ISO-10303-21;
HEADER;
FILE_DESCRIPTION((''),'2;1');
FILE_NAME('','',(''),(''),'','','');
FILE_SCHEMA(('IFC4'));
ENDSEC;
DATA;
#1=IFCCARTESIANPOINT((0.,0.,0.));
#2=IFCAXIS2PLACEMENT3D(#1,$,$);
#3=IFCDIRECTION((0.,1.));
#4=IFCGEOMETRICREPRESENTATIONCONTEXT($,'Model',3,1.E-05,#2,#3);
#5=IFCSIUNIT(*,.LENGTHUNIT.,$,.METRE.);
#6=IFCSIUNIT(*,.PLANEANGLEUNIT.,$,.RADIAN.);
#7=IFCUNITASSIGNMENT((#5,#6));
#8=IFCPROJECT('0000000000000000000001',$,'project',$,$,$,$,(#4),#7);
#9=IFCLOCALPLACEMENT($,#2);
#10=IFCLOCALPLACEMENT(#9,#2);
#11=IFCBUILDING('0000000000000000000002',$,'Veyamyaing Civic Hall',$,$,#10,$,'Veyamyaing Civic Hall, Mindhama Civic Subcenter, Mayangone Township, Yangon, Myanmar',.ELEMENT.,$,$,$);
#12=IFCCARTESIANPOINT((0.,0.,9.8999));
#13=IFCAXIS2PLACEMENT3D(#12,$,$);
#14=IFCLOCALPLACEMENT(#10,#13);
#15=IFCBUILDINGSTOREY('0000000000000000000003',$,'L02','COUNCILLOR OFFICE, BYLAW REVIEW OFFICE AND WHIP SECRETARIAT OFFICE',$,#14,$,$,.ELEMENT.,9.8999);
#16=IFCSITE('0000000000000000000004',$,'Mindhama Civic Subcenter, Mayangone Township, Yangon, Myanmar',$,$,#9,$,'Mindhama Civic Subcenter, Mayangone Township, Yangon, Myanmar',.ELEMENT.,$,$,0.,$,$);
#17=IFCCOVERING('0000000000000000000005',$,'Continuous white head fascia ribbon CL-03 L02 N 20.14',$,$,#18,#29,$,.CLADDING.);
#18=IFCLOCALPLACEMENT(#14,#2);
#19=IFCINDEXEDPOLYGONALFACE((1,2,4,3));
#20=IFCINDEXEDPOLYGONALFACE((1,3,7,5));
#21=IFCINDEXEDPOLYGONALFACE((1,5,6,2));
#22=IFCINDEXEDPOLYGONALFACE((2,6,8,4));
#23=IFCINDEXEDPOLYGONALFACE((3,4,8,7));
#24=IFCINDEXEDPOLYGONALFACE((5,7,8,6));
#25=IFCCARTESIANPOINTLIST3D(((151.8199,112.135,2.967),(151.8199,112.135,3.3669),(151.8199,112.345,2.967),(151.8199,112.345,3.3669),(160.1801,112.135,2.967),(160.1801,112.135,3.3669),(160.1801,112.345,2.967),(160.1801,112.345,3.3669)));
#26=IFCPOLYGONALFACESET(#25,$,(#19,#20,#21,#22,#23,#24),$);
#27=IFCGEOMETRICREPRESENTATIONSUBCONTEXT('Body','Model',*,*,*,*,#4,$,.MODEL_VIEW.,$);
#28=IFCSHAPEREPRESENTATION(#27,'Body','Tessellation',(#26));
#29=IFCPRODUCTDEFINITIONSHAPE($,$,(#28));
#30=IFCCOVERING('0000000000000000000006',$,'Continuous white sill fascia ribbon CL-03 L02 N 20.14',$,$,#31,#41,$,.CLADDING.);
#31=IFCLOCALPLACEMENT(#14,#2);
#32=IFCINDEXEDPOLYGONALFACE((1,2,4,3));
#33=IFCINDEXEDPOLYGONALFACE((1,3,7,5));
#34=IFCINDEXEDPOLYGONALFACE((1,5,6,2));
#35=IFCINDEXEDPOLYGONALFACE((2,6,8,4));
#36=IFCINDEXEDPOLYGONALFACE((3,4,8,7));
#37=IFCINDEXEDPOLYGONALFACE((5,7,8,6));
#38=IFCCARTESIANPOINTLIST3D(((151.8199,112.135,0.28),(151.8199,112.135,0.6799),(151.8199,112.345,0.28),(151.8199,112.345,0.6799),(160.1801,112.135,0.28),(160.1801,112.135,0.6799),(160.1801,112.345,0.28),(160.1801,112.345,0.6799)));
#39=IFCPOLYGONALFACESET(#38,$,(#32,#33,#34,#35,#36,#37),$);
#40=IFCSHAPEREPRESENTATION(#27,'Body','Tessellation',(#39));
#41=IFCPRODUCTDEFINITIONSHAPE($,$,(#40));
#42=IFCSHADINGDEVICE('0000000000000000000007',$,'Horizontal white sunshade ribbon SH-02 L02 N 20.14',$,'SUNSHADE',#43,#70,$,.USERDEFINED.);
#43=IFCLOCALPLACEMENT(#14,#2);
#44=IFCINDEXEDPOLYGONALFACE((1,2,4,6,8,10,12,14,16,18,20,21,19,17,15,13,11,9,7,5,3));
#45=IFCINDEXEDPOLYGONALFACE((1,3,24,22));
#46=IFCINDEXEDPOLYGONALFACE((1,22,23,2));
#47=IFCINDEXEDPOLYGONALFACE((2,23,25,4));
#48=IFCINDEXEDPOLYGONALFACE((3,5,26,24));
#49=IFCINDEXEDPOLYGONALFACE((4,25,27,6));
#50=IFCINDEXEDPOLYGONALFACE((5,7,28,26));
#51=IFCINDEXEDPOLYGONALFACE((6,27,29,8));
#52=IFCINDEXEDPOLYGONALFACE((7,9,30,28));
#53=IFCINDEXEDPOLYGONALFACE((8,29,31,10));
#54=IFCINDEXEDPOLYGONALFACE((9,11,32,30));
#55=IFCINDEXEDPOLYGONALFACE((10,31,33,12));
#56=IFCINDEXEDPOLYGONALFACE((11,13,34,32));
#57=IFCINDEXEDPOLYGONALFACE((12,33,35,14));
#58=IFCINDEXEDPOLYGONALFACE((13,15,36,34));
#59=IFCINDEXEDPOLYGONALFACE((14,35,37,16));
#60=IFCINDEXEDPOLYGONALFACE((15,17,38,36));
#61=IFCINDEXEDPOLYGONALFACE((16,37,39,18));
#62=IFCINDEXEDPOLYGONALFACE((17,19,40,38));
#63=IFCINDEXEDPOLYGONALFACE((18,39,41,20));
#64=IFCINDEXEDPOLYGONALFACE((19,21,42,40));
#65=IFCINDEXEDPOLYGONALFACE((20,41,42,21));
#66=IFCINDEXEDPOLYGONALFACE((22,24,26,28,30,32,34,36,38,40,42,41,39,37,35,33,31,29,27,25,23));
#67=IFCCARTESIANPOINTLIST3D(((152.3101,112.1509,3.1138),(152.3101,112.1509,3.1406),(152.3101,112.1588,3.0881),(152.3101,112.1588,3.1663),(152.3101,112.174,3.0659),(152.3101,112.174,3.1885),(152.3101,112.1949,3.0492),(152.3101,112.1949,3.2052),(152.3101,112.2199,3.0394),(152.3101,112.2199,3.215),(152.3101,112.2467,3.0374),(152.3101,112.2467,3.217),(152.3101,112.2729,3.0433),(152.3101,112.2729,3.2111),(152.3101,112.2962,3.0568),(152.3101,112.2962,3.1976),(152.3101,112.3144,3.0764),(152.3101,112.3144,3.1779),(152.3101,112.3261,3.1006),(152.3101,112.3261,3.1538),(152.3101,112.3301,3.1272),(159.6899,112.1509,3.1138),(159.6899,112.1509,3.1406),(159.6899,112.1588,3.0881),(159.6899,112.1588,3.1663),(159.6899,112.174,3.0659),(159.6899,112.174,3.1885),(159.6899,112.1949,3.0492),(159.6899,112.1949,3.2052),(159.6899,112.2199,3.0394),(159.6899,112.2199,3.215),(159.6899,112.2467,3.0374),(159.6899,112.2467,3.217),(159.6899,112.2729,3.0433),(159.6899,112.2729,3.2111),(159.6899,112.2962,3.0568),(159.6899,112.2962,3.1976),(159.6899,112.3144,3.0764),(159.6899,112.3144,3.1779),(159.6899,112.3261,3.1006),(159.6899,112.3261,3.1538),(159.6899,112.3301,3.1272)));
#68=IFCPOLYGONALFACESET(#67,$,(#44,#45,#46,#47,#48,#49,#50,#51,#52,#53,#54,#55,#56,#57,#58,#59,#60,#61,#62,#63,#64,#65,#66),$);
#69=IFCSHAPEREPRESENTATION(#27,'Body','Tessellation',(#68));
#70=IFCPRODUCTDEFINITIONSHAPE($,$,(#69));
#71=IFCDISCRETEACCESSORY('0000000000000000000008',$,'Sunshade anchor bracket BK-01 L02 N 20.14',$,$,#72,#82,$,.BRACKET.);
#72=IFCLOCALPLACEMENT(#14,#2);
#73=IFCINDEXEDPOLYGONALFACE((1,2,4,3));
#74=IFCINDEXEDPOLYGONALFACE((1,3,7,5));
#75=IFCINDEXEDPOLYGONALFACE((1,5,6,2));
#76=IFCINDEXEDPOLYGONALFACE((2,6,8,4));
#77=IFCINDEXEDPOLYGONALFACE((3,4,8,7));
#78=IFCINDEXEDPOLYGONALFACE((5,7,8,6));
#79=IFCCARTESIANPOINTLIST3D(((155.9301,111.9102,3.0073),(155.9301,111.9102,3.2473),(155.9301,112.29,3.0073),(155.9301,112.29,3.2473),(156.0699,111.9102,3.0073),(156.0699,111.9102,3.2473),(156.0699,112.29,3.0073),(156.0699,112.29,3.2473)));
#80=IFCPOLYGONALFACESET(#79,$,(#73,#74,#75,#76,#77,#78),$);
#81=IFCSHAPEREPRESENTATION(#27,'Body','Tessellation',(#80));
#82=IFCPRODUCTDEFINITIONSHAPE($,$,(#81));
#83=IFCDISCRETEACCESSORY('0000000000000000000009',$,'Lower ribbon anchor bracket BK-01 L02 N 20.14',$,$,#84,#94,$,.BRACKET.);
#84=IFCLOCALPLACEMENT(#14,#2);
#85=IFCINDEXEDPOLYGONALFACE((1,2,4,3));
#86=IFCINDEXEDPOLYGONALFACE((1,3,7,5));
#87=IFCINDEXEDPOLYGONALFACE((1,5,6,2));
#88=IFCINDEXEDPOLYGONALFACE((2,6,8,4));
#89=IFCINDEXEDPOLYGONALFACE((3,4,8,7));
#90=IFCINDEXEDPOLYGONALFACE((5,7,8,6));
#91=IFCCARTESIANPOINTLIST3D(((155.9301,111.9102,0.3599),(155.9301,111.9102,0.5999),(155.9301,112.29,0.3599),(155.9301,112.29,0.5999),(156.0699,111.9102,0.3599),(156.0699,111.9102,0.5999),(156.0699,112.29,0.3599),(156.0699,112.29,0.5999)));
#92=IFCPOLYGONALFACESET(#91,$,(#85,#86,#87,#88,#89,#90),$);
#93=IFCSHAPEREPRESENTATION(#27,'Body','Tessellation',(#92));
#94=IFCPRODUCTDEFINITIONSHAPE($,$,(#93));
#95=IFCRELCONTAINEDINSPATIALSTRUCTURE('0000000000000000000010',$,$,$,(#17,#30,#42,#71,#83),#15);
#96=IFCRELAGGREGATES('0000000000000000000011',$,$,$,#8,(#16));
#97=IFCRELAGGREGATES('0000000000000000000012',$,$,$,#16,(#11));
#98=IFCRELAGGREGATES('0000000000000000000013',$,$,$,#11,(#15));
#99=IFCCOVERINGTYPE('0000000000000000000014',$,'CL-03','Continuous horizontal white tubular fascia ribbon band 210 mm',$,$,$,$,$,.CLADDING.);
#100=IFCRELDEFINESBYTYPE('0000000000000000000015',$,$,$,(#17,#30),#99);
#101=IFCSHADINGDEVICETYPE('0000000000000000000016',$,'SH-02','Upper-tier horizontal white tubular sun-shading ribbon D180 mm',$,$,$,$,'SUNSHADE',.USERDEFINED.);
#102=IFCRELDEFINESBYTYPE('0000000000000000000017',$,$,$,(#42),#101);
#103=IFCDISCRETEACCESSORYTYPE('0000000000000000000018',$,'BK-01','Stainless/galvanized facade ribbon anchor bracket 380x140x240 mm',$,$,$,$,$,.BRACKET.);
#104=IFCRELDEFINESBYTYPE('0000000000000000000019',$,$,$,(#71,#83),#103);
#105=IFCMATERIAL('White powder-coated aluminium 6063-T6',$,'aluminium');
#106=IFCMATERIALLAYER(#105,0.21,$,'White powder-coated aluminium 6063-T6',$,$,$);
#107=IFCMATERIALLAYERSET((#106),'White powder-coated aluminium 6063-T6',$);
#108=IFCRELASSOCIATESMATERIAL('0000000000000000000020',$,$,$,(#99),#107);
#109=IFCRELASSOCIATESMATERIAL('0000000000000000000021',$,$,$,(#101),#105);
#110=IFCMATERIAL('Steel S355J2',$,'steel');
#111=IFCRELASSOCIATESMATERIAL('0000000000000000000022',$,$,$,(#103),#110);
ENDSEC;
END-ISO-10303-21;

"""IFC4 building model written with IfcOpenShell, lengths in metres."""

from ifc_helpers import new_model, si_unit, direction, frame, origin, origin_2d, place, context, subcontext, project, spatial, rectangle, circle, extrude, material, layer, layer_set, material_profile, profile_set, type_object, element, save


model = new_model("IFC4")

# Units and contexts
model_context = context("Model", 3, precision=1e-05, world=origin(), true_north=direction((0.0, 1.0)))
body_context = subcontext(model_context, "Body", "Model", "MODEL_VIEW")
ifc_project = project(units=[si_unit("LENGTHUNIT", "METRE"), si_unit("PLANEANGLEUNIT", "RADIAN")], contexts=[model_context])

# Site, building, storey
site_placement = place(None, origin())
site = spatial("IfcSite", under=ifc_project, at=site_placement, Name="Mindhama Civic Subcenter, Mayangone Township, Yangon, Myanmar", LongName="Mindhama Civic Subcenter, Mayangone Township, Yangon, Myanmar", CompositionType="ELEMENT", RefElevation=0.0)
building_placement = place(site_placement, origin())
building = spatial("IfcBuilding", under=site, at=building_placement, Name="Veyamyaing Civic Hall", LongName="Veyamyaing Civic Hall, Mindhama Civic Subcenter, Mayangone Township, Yangon, Myanmar", CompositionType="ELEMENT")
storey_placement = place(building_placement, frame((0.0, 0.0, 9.8999)))
storey = spatial("IfcBuildingStorey", under=building, at=storey_placement, Name="L02", Description="COUNCILLOR OFFICE, BYLAW REVIEW OFFICE AND WHIP SECRETARIAT OFFICE", CompositionType="ELEMENT", Elevation=9.8999)

# Coverings
ifc_material_1 = material(Name="White powder-coated aluminium 6063-T6", Category="aluminium")
ifc_layer_1 = layer(ifc_material_1, 0.21, Name="White powder-coated aluminium 6063-T6")
ifc_layer_set_1 = layer_set([ifc_layer_1], Name="White powder-coated aluminium 6063-T6")
covering_type_1 = type_object("IfcCoveringType", Name="CL-03", Description="Continuous horizontal white tubular fascia ribbon band 210 mm", PredefinedType="CLADDING", material=ifc_layer_set_1)
for number, where, z_axis, x_axis, name in (
    (1, (156.0, 112.24, 2.967), (0.0, 0.0, 1.0), (1.0, 0.0, 0.0), "Continuous white head fascia ribbon CL-03 L02 N 20.14"),
    (2, (156.0, 112.24, 0.28), (0.0, 0.0, 1.0), (1.0, 0.0, 0.0), "Continuous white sill fascia ribbon CL-03 L02 N 20.14"),
):
    element("IfcCovering", number, at=place(storey_placement, frame(where, z_axis=z_axis, x_axis=x_axis)), inside=storey, type_object=covering_type_1, Name=name, PredefinedType="CLADDING", context=body_context, shape_type="SweptSolid", body=[
        extrude(rectangle(XDim=8.3601, YDim=0.21, at=origin_2d()), origin(), (0.0, 0.0, 1.0), 0.3999),
    ])

# Shading device
ifc_material_profile_1 = material_profile(ifc_material_1, circle(Radius=0.0901, at=origin_2d()), Name="SHADE-TUBE-180")
ifc_profile_set_1 = profile_set([ifc_material_profile_1], Name="White powder-coated aluminium 6063-T6")
shading_device_type = type_object("IfcShadingDeviceType", Name="SH-02", Description="Upper-tier horizontal white tubular sun-shading ribbon D180 mm", ElementType="SUNSHADE", PredefinedType="USERDEFINED", material=ifc_profile_set_1)
shading_device_placement = place(storey_placement, frame((152.3101, 112.24, 3.1272), z_axis=(1.0, 0.0, 0.0), x_axis=(0.0, 1.0, 0.0)))
element("IfcShadingDevice", 3, at=shading_device_placement, inside=storey, type_object=shading_device_type, Name="Horizontal white sunshade ribbon SH-02 L02 N 20.14", ObjectType="SUNSHADE", PredefinedType="USERDEFINED", context=body_context, shape_type="SweptSolid", body=[
    extrude(circle(Radius=0.0901, at=origin_2d()), origin(), (0.0, 0.0, 1.0), 7.3799),
])

# Discrete accessories
ifc_material_2 = material(Name="Steel S355J2", Category="steel")
discrete_accessory_type = type_object("IfcDiscreteAccessoryType", Name="BK-01", Description="Stainless/galvanized facade ribbon anchor bracket 380x140x240 mm", PredefinedType="BRACKET", material=ifc_material_2)
for number, where, z_axis, x_axis, name in (
    (4, (156.0, 112.1001, 3.0073), (0.0, 0.0, 1.0), (0.0, 1.0, 0.0), "Sunshade anchor bracket BK-01 L02 N 20.14"),
    (5, (156.0, 112.1001, 0.3599), (0.0, 0.0, 1.0), (0.0, 1.0, 0.0), "Lower ribbon anchor bracket BK-01 L02 N 20.14"),
):
    element("IfcDiscreteAccessory", number, at=place(storey_placement, frame(where, z_axis=z_axis, x_axis=x_axis)), inside=storey, type_object=discrete_accessory_type, Name=name, PredefinedType="BRACKET", context=body_context, shape_type="SweptSolid", body=[
        extrude(rectangle(XDim=0.3799, YDim=0.1399, at=origin_2d()), origin(), (0.0, 0.0, 1.0), 0.24),
    ])

save(model, "model.ifc")
